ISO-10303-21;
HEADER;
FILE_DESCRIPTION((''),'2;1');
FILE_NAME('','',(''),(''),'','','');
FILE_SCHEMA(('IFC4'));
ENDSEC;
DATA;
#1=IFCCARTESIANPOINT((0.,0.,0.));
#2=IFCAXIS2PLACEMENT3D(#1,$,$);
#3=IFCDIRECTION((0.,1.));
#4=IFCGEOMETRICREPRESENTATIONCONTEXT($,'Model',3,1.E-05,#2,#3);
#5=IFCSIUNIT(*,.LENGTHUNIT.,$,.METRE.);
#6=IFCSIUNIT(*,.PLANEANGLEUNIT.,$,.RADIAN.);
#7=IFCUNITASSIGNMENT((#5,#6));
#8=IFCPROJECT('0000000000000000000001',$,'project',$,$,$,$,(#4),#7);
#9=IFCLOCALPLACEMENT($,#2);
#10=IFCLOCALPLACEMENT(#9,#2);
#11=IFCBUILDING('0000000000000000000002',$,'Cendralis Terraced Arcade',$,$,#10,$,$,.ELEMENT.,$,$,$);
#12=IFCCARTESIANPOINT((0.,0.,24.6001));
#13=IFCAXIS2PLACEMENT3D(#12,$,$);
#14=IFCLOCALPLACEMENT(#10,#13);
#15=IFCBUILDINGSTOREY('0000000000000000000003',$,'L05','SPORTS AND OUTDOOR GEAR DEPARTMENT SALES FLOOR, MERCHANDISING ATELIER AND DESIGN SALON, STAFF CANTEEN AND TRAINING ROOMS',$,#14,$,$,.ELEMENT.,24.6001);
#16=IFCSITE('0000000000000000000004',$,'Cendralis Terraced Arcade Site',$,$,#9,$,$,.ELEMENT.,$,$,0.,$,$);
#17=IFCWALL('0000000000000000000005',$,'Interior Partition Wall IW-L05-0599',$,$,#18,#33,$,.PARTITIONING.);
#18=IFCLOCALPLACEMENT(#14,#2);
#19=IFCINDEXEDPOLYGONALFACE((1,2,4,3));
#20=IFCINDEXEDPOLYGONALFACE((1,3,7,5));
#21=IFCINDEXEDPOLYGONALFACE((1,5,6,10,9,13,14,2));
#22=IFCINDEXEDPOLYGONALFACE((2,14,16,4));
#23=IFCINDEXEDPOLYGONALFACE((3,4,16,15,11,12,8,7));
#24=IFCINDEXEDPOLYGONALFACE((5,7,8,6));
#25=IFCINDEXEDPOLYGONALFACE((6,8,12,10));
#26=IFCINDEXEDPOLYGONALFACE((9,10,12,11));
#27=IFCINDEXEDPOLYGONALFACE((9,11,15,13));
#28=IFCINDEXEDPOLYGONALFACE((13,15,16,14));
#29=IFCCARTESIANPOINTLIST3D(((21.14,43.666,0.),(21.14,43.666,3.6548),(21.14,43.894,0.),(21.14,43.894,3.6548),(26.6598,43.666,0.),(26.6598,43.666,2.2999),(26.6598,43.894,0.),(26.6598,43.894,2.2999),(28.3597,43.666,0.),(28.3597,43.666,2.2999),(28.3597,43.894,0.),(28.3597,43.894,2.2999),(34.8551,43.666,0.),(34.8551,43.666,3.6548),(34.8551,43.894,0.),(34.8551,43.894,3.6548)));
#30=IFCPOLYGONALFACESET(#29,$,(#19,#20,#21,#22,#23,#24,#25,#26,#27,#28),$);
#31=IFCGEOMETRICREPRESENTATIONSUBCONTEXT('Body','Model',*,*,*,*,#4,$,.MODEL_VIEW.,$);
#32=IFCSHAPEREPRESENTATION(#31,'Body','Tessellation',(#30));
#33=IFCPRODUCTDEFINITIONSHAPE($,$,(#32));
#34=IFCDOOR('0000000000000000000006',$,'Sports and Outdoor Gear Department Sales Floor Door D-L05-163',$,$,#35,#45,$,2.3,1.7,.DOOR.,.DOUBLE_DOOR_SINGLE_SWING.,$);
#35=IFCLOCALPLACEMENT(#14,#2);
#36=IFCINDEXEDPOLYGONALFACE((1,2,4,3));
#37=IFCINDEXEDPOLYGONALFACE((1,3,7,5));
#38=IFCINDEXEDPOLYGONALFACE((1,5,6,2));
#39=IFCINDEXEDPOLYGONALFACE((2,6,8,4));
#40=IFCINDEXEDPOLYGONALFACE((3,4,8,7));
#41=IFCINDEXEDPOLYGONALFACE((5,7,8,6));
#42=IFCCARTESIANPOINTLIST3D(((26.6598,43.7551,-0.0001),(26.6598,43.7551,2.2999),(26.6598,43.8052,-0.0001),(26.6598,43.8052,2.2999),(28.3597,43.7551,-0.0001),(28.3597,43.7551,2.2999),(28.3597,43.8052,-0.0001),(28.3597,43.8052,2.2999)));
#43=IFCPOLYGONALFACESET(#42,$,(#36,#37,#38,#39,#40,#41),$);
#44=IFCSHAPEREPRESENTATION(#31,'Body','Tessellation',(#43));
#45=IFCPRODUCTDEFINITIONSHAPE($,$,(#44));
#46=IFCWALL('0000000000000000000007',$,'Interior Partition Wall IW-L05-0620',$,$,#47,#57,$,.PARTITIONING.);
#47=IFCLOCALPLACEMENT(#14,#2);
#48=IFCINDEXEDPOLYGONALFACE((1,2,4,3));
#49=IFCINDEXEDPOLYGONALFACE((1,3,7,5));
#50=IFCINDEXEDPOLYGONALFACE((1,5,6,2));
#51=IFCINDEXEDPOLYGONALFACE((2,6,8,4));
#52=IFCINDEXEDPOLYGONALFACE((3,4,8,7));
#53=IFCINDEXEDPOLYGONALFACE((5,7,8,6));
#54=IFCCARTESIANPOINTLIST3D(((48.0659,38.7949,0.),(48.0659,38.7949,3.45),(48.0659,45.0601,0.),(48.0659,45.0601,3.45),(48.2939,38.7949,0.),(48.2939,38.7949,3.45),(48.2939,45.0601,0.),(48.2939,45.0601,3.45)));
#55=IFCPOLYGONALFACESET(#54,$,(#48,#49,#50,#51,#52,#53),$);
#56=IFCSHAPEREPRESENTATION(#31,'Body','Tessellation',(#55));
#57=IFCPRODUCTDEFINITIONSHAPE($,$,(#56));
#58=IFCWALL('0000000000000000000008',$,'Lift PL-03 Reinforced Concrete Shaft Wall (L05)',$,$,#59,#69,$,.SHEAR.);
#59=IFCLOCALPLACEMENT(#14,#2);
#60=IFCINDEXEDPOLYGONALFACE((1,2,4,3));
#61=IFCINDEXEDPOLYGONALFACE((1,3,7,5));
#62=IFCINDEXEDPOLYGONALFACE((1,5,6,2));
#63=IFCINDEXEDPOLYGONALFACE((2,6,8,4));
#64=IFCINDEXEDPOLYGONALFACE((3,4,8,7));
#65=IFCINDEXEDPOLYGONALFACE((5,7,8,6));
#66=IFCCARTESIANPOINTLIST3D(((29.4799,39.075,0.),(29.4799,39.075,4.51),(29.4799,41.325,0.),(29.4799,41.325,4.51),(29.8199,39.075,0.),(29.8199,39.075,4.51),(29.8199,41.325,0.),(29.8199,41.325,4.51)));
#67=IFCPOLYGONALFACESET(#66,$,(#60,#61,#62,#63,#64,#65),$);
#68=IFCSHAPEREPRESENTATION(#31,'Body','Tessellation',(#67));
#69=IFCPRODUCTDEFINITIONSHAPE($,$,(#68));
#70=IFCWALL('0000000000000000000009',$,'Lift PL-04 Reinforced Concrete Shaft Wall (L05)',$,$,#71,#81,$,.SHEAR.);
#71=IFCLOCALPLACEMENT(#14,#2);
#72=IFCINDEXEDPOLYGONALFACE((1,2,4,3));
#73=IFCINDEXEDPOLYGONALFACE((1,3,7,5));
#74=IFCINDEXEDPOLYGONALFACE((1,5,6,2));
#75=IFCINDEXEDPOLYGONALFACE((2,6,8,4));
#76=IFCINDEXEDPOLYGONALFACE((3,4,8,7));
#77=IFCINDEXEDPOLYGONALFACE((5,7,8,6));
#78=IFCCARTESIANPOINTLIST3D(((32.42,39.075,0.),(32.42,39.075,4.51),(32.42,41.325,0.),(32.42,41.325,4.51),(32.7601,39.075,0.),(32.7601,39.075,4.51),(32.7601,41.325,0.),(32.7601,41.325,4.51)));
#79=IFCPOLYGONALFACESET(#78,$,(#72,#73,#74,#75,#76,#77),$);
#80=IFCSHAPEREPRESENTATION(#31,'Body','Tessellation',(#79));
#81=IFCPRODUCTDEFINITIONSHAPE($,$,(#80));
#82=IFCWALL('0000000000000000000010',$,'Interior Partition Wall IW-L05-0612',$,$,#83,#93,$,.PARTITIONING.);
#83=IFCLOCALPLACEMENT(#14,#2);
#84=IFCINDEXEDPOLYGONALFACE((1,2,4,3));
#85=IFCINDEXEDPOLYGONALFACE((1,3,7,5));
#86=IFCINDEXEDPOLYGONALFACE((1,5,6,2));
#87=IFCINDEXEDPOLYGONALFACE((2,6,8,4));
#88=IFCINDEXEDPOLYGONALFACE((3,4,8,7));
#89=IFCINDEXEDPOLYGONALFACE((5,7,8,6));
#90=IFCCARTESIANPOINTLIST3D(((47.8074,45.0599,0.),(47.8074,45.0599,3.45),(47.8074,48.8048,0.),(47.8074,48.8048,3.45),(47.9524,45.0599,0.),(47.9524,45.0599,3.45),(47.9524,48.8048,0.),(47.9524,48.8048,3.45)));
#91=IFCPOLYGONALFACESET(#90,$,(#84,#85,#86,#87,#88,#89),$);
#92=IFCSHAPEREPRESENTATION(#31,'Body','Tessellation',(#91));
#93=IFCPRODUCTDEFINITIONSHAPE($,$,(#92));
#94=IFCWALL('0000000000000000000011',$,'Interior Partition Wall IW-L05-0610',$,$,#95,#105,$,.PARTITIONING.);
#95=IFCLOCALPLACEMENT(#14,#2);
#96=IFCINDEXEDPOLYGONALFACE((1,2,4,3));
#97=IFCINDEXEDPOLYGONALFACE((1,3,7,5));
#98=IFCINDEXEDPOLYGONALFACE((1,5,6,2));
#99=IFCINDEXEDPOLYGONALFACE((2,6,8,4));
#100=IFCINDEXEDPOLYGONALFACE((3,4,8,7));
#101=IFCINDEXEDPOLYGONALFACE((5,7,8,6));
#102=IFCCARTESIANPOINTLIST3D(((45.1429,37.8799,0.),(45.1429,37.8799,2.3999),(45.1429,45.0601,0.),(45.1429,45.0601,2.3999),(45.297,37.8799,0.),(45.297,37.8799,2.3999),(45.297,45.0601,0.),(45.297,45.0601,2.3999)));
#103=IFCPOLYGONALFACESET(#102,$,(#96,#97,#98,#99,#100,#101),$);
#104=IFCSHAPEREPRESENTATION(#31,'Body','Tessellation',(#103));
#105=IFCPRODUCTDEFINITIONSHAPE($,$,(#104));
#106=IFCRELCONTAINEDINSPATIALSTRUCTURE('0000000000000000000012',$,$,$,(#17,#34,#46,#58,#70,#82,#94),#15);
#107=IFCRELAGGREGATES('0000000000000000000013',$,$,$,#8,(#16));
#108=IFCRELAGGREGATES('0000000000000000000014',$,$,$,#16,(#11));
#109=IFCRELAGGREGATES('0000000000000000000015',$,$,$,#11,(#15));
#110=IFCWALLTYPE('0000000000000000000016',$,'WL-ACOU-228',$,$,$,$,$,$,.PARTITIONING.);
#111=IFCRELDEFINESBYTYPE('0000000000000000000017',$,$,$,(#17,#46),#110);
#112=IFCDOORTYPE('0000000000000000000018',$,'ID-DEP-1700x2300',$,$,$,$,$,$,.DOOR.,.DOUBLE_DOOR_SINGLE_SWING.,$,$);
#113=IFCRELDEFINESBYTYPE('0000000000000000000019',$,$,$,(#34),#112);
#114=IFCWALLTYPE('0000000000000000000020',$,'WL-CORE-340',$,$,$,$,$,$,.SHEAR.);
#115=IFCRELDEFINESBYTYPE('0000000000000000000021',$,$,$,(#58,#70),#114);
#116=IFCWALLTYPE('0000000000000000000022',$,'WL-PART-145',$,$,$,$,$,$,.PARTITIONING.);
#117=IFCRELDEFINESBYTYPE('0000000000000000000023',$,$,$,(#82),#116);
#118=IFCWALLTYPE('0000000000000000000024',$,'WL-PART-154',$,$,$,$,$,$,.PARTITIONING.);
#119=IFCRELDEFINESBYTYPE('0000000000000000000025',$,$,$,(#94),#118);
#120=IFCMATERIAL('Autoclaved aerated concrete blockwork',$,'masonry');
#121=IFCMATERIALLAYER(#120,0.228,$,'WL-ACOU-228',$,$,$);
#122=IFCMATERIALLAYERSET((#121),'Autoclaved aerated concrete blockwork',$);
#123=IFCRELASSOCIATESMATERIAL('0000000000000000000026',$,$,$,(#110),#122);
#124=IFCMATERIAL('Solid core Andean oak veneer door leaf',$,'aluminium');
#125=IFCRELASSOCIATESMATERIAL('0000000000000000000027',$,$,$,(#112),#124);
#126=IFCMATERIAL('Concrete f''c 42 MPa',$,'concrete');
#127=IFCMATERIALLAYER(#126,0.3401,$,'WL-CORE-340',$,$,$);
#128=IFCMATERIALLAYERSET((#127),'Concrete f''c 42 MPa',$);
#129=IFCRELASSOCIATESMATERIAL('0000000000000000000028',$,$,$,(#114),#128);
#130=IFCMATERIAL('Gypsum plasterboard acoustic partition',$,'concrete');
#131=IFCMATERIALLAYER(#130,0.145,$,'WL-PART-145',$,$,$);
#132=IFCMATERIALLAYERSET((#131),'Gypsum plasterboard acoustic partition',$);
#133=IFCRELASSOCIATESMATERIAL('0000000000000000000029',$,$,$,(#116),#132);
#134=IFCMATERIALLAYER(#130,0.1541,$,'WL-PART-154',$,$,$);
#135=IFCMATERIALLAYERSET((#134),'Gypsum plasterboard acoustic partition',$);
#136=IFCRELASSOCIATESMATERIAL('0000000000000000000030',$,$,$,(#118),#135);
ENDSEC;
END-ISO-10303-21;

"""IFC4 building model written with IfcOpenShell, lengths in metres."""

from ifc_helpers import new_model, si_unit, direction, frame, frame_2d, origin, place, context, subcontext, project, spatial, rectangle, extrude, material, layer, layer_set, type_object, element, fill, save


model = new_model("IFC4")

# Units and contexts
model_context = context("Model", 3, precision=1e-05, world=origin(), true_north=direction((0.0, 1.0)))
body_context = subcontext(model_context, "Body", "Model", "MODEL_VIEW")
ifc_project = project(units=[si_unit("LENGTHUNIT", "METRE"), si_unit("PLANEANGLEUNIT", "RADIAN")], contexts=[model_context])

# Site, building, storey
site_placement = place(None, origin())
site = spatial("IfcSite", under=ifc_project, at=site_placement, Name="Cendralis Terraced Arcade Site", CompositionType="ELEMENT", RefElevation=0.0)
building_placement = place(site_placement, origin())
building = spatial("IfcBuilding", under=site, at=building_placement, Name="Cendralis Terraced Arcade", CompositionType="ELEMENT")
storey_placement = place(building_placement, frame((0.0, 0.0, 24.6001)))
storey = spatial("IfcBuildingStorey", under=building, at=storey_placement, Name="L05", Description="SPORTS AND OUTDOOR GEAR DEPARTMENT SALES FLOOR, MERCHANDISING ATELIER AND DESIGN SALON, STAFF CANTEEN AND TRAINING ROOMS", CompositionType="ELEMENT", Elevation=24.6001)

# Shared definitions
ifc_material_1 = material(Name="Concrete f'c 42 MPa", Category="concrete")

# Wall, opening, door
ifc_material_2 = material(Name="Autoclaved aerated concrete blockwork", Category="masonry")
ifc_layer_1 = layer(ifc_material_2, 0.228, Name="WL-ACOU-228")
ifc_layer_set_1 = layer_set([ifc_layer_1], Name="Autoclaved aerated concrete blockwork")
wall_type_1 = type_object("IfcWallType", Name="WL-ACOU-228", PredefinedType="PARTITIONING", material=ifc_layer_set_1)
wall_1_placement = place(storey_placement, frame((34.855, 43.78, 0.0), z_axis=(0.0, 0.0, 1.0), x_axis=(-1.0, 0.0, 0.0)))
wall_1 = element("IfcWall", 1, at=wall_1_placement, inside=storey, type_object=wall_type_1, Name="Interior Partition Wall IW-L05-0599", PredefinedType="PARTITIONING", context=body_context, shape_type="SweptSolid", body=[
    extrude(rectangle(XDim=13.7151, YDim=0.228, at=frame_2d((6.8574, 0.0))), origin(), (0.0, 0.0, 1.0), 3.6548),
])
opening_placement = place(wall_1_placement, frame((6.4951, 0.0, 0.0)))
opening = element("IfcOpeningElement", 2, at=opening_placement, cuts=wall_1, PredefinedType="OPENING", context=body_context, shape_type="SweptSolid", body=[
    extrude(rectangle(XDim=1.7, YDim=2.3, at=frame_2d((0.8501, 1.1499))), frame((0.0, 0.126, 0.0), z_axis=(0.0, -1.0, 0.0), x_axis=(1.0, 0.0, 0.0)), (0.0, 0.0, 1.0), 0.252),
])
ifc_material_3 = material(Name="Solid core Andean oak veneer door leaf", Category="aluminium")
door_type = type_object("IfcDoorType", Name="ID-DEP-1700x2300", OperationType="DOUBLE_DOOR_SINGLE_SWING", PredefinedType="DOOR", material=ifc_material_3)
door_placement = place(opening_placement, origin())
door = element("IfcDoor", 3, at=door_placement, inside=storey, type_object=door_type, Name="Sports and Outdoor Gear Department Sales Floor Door D-L05-163", OperationType="DOUBLE_DOOR_SINGLE_SWING", OverallHeight=2.3, OverallWidth=1.7, PredefinedType="DOOR", context=body_context, shape_type="SweptSolid", body=[
    extrude(rectangle(XDim=1.7, YDim=2.3, at=frame_2d((0.8501, 1.1499))), frame((0.0, 0.0249, 0.0), z_axis=(0.0, -1.0, 0.0), x_axis=(1.0, 0.0, 0.0)), (0.0, 0.0, 1.0), 0.05),
])
fill(opening, door)

# Walls
wall_2_placement = place(storey_placement, frame((48.1799, 38.7949, 0.0), z_axis=(0.0, 0.0, 1.0), x_axis=(0.0, 1.0, 0.0)))
element("IfcWall", 4, at=wall_2_placement, inside=storey, type_object=wall_type_1, Name="Interior Partition Wall IW-L05-0620", PredefinedType="PARTITIONING", context=body_context, shape_type="SweptSolid", body=[
    extrude(rectangle(XDim=6.2651, YDim=0.228, at=frame_2d((3.1326, 0.0))), origin(), (0.0, 0.0, 1.0), 3.45),
])
ifc_layer_2 = layer(ifc_material_1, 0.3401, Name="WL-CORE-340")
ifc_layer_set_2 = layer_set([ifc_layer_2], Name="Concrete f'c 42 MPa")
wall_type_2 = type_object("IfcWallType", Name="WL-CORE-340", PredefinedType="SHEAR", material=ifc_layer_set_2)
for number, where, z_axis, x_axis, name in (
    (5, (29.6499, 39.075, 0.0), (0.0, 0.0, 1.0), (0.0, 1.0, 0.0), "Lift PL-03 Reinforced Concrete Shaft Wall (L05)"),
    (6, (32.5901, 39.075, 0.0), (0.0, 0.0, 1.0), (0.0, 1.0, 0.0), "Lift PL-04 Reinforced Concrete Shaft Wall (L05)"),
):
    element("IfcWall", number, at=place(storey_placement, frame(where, z_axis=z_axis, x_axis=x_axis)), inside=storey, type_object=wall_type_2, Name=name, PredefinedType="SHEAR", context=body_context, shape_type="SweptSolid", body=[
        extrude(rectangle(XDim=2.25, YDim=0.3401, at=frame_2d((1.125, 0.0))), origin(), (0.0, 0.0, 1.0), 4.51),
    ])
ifc_material_4 = material(Name="Gypsum plasterboard acoustic partition", Category="concrete")
ifc_layer_3 = layer(ifc_material_4, 0.145, Name="WL-PART-145")
ifc_layer_set_3 = layer_set([ifc_layer_3], Name="Gypsum plasterboard acoustic partition")
wall_type_3 = type_object("IfcWallType", Name="WL-PART-145", PredefinedType="PARTITIONING", material=ifc_layer_set_3)
wall_3_placement = place(storey_placement, frame((47.8799, 48.8049, 0.0), z_axis=(0.0, 0.0, 1.0), x_axis=(0.0, -1.0, 0.0)))
element("IfcWall", 7, at=wall_3_placement, inside=storey, type_object=wall_type_3, Name="Interior Partition Wall IW-L05-0612", PredefinedType="PARTITIONING", context=body_context, shape_type="SweptSolid", body=[
    extrude(rectangle(XDim=3.7449, YDim=0.145, at=frame_2d((1.8726, 0.0))), origin(), (0.0, 0.0, 1.0), 3.45),
])
ifc_layer_4 = layer(ifc_material_4, 0.1541, Name="WL-PART-154")
ifc_layer_set_4 = layer_set([ifc_layer_4], Name="Gypsum plasterboard acoustic partition")
wall_type_4 = type_object("IfcWallType", Name="WL-PART-154", PredefinedType="PARTITIONING", material=ifc_layer_set_4)
wall_4_placement = place(storey_placement, frame((45.22, 45.0601, 0.0), z_axis=(0.0, 0.0, 1.0), x_axis=(0.0, -1.0, 0.0)))
element("IfcWall", 8, at=wall_4_placement, inside=storey, type_object=wall_type_4, Name="Interior Partition Wall IW-L05-0610", PredefinedType="PARTITIONING", context=body_context, shape_type="SweptSolid", body=[
    extrude(rectangle(XDim=7.1802, YDim=0.1541, at=frame_2d((3.5901, 0.0))), origin(), (0.0, 0.0, 1.0), 2.3999),
])

save(model, "model.ifc")
